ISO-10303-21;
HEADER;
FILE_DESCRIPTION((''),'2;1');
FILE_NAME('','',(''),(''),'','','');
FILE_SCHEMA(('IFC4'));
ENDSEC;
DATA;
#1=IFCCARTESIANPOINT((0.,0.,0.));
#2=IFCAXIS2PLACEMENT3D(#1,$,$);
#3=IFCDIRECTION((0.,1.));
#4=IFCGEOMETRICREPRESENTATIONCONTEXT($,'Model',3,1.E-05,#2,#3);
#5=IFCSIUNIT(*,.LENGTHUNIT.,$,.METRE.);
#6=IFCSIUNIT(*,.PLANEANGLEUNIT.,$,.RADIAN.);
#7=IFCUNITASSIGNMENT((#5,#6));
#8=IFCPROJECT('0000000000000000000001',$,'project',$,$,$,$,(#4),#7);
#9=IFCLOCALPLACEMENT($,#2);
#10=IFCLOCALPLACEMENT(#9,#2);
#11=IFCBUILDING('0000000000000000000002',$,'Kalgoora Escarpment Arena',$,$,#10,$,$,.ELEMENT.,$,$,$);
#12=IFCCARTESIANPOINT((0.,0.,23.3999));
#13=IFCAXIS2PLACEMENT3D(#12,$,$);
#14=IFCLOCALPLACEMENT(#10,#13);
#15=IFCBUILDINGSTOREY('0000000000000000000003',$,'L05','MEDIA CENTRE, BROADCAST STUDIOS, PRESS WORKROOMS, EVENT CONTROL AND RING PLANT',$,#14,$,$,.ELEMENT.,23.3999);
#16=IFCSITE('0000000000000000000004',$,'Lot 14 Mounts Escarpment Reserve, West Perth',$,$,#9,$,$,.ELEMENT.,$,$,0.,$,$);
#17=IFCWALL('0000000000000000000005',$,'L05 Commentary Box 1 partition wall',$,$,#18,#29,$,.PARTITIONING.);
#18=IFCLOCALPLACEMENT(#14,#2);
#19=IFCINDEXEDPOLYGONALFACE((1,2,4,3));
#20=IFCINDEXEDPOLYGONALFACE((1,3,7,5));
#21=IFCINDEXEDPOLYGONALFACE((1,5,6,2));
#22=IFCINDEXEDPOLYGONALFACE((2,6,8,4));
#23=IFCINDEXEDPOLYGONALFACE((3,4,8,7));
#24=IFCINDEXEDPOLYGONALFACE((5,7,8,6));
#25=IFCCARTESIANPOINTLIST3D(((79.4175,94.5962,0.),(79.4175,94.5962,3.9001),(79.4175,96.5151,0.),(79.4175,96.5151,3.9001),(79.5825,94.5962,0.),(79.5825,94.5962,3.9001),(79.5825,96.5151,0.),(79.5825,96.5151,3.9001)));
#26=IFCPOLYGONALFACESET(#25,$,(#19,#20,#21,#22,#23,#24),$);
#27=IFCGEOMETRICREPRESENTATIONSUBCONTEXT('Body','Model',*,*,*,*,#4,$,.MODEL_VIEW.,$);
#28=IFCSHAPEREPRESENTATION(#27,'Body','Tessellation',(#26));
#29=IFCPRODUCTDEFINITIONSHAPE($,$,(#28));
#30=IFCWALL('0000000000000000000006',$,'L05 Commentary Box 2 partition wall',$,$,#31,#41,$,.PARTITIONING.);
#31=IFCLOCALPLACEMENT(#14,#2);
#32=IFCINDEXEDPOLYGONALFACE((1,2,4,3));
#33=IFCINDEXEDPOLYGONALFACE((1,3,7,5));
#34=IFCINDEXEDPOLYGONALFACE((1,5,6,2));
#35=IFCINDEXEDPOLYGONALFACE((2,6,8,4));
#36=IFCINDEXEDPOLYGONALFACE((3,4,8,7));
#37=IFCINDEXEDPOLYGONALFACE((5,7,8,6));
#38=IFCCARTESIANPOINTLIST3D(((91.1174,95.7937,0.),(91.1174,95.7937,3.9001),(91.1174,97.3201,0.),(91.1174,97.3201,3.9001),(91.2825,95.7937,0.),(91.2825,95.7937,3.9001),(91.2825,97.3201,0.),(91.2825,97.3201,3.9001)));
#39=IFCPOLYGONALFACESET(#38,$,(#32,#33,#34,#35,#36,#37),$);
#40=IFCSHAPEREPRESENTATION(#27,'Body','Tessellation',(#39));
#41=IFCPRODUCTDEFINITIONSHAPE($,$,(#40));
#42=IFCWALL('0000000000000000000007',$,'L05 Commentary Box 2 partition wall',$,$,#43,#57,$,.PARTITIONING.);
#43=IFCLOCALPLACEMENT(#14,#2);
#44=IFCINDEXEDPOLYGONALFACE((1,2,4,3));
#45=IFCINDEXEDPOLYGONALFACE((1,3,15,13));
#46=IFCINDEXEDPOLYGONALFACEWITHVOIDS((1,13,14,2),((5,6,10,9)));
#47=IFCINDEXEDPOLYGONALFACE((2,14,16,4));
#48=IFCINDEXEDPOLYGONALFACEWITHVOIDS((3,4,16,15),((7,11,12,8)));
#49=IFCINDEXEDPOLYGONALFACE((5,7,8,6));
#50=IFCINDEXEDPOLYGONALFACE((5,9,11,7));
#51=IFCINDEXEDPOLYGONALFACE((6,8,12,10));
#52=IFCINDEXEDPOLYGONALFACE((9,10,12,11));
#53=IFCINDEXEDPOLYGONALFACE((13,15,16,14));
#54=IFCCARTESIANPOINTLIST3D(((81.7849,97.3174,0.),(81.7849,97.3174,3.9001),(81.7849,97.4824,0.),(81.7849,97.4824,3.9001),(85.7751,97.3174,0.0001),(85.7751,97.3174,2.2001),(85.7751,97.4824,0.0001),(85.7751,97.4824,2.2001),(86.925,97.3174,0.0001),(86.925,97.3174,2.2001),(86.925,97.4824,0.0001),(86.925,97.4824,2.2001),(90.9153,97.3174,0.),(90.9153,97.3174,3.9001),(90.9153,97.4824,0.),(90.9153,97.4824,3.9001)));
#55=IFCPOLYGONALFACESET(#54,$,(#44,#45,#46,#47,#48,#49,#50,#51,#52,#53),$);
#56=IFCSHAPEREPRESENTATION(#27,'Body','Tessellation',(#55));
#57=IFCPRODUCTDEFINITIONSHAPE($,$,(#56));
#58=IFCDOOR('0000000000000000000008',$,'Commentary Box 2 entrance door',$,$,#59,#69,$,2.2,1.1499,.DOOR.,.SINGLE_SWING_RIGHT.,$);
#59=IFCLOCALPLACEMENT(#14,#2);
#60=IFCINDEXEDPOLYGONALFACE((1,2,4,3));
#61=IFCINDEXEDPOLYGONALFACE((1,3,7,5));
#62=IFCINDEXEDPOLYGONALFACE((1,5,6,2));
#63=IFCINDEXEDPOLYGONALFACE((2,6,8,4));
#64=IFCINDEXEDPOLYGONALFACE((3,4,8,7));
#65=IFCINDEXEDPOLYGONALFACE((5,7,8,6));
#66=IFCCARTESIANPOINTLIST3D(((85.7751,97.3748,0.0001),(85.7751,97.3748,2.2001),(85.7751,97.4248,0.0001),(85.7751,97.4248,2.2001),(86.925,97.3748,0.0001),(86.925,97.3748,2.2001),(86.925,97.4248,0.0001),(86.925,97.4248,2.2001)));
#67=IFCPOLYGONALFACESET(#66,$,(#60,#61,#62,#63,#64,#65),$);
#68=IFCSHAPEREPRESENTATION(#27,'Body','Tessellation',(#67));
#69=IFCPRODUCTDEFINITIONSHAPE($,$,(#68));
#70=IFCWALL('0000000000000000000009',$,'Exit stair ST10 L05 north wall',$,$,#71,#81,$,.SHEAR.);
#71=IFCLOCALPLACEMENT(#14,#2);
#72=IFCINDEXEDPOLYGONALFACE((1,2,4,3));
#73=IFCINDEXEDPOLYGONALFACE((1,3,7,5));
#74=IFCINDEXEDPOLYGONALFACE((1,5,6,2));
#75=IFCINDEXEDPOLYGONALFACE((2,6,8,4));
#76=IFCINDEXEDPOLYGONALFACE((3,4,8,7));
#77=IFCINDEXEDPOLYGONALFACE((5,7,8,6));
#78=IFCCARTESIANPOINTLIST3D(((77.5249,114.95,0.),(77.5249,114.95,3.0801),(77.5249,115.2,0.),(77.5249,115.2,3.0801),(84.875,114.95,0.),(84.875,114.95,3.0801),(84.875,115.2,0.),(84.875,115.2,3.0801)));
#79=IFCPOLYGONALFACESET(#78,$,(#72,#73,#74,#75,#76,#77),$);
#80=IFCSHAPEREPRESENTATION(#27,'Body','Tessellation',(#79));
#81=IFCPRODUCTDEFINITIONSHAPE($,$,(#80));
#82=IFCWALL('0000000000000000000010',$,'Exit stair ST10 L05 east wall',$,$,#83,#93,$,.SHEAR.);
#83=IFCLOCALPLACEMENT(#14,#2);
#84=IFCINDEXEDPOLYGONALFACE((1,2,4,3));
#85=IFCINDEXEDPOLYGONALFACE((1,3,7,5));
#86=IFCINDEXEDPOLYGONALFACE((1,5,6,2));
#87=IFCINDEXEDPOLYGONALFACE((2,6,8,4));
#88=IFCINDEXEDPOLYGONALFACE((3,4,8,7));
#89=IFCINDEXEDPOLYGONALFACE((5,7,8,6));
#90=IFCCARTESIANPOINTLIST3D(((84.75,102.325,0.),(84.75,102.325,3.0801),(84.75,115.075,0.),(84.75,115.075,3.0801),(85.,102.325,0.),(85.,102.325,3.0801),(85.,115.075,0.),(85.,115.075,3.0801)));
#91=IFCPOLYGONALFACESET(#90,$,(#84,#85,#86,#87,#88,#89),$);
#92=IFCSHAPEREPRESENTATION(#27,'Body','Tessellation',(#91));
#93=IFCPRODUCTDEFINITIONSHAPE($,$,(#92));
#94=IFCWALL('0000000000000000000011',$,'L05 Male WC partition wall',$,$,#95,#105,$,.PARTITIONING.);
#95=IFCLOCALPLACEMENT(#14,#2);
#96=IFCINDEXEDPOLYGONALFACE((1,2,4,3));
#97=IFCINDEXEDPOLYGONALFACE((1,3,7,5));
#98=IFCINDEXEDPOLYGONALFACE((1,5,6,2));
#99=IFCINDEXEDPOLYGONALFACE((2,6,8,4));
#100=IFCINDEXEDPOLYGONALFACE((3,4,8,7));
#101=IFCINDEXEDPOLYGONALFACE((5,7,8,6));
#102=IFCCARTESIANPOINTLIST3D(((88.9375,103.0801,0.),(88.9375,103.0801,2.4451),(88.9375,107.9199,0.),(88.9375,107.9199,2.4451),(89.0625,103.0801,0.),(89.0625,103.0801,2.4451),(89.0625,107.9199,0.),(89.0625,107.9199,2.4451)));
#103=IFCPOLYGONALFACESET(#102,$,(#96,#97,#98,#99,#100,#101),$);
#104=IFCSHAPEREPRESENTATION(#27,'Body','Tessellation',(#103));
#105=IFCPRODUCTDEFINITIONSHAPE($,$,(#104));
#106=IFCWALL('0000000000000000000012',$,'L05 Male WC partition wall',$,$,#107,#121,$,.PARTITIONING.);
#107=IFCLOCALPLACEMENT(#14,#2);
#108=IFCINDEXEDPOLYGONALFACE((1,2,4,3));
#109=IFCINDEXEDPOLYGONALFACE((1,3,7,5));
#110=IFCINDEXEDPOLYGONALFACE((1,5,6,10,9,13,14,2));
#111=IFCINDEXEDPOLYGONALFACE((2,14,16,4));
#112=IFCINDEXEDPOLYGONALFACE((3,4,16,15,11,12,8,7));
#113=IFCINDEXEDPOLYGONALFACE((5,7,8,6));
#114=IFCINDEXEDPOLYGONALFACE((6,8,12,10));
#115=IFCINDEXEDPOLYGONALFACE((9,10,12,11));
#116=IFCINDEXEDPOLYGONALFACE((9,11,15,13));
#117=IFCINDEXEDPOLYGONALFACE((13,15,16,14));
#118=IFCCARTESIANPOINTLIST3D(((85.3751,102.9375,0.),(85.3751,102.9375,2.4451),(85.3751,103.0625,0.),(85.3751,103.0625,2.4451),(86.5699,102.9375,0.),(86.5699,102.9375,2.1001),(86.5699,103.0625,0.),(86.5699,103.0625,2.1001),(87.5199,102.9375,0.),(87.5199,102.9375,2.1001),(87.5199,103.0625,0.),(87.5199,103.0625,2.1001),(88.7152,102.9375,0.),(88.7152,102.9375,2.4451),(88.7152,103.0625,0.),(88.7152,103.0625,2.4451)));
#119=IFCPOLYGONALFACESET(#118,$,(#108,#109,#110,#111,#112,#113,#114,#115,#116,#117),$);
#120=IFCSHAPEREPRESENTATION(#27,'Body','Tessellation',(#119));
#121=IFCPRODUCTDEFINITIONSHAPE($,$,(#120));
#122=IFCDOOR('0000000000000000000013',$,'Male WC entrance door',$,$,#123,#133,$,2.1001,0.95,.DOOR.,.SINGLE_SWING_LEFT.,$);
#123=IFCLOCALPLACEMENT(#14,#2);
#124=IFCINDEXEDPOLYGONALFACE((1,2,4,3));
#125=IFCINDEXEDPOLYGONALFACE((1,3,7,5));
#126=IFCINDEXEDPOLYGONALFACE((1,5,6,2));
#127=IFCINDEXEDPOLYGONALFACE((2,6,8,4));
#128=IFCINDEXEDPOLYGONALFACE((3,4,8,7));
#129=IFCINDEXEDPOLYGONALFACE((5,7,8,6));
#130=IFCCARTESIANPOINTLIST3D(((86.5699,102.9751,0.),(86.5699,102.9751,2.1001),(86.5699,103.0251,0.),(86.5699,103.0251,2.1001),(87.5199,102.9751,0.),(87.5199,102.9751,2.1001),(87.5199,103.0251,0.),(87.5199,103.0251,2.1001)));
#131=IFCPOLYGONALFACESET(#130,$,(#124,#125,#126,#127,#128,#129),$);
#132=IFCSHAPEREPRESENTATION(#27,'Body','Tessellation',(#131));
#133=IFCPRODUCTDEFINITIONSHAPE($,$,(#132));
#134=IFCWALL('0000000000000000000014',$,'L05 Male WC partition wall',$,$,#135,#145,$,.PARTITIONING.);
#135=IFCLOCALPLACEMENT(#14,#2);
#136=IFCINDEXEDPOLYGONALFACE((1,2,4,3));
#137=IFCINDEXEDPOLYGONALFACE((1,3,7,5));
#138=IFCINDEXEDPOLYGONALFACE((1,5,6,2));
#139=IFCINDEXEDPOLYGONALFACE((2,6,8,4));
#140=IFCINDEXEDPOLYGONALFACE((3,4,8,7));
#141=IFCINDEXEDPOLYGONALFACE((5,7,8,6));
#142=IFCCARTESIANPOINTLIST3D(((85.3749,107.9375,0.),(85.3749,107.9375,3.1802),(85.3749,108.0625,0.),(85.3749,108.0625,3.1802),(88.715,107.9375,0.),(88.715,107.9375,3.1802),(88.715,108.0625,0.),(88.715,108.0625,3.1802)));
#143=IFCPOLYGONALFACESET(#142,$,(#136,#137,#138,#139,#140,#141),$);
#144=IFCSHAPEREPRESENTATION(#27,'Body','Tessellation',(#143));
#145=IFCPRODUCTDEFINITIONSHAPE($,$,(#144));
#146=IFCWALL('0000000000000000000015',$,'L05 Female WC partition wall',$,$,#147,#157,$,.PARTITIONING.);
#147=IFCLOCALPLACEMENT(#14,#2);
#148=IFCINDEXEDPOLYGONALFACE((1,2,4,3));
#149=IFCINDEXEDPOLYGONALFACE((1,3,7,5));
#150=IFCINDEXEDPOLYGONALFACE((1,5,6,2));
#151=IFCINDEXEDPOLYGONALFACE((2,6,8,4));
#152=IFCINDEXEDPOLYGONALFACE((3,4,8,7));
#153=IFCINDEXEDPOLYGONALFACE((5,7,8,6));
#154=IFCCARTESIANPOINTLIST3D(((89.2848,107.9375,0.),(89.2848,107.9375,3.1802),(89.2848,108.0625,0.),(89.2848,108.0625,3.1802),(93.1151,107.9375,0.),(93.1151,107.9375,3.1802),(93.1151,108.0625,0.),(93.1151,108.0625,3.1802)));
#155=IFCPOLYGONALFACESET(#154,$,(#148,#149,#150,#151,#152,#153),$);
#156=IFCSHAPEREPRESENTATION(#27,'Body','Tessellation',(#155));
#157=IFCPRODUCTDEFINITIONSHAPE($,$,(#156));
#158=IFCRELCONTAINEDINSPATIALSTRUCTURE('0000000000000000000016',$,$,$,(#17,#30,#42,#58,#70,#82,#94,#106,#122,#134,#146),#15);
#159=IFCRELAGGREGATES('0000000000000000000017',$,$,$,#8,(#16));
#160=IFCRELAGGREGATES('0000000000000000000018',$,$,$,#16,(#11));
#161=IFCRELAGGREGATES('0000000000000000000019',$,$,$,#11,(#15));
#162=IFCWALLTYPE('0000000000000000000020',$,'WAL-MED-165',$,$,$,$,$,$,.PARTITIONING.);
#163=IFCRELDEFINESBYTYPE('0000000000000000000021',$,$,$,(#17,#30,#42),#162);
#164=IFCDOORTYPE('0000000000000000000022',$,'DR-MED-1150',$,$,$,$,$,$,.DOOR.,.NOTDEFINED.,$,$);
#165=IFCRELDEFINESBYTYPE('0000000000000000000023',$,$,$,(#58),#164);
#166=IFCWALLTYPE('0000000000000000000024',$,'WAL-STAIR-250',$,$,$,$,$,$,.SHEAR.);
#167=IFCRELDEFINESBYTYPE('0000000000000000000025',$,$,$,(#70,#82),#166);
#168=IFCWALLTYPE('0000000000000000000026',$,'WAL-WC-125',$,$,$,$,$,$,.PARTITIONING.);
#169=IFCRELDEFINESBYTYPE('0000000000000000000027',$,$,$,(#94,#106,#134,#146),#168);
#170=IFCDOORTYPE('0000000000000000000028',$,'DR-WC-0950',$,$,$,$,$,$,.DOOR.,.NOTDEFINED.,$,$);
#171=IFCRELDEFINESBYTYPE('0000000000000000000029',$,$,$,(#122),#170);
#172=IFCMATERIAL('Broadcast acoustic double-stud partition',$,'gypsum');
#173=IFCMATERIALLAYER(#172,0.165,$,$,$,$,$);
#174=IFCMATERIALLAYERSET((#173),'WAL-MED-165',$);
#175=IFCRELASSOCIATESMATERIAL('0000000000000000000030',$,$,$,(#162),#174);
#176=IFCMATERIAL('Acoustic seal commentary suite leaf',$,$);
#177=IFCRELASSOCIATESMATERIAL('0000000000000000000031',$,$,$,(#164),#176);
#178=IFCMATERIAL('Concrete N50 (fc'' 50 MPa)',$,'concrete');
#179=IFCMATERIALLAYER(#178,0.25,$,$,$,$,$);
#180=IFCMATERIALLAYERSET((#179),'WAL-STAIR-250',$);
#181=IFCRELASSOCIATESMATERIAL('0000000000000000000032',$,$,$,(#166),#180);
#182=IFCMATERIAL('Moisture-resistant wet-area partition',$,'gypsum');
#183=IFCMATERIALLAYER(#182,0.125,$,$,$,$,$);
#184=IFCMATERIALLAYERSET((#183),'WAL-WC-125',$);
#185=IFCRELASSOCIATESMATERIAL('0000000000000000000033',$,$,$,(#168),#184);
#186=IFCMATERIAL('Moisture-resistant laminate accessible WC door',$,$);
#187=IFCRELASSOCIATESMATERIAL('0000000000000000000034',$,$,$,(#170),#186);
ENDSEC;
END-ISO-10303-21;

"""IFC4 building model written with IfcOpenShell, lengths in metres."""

from ifc_helpers import new_model, si_unit, direction, frame, frame_2d, origin, place, context, subcontext, project, spatial, rectangle, extrude, material, layer, layer_set, type_object, element, fill, save


model = new_model("IFC4")

# Units and contexts
model_context = context("Model", 3, precision=1e-05, world=origin(), true_north=direction((0.0, 1.0)))
body_context = subcontext(model_context, "Body", "Model", "MODEL_VIEW")
ifc_project = project(units=[si_unit("LENGTHUNIT", "METRE"), si_unit("PLANEANGLEUNIT", "RADIAN")], contexts=[model_context])

# Site, building, storey
site_placement = place(None, origin())
site = spatial("IfcSite", under=ifc_project, at=site_placement, Name="Lot 14 Mounts Escarpment Reserve, West Perth", CompositionType="ELEMENT", RefElevation=0.0)
building_placement = place(site_placement, origin())
building = spatial("IfcBuilding", under=site, at=building_placement, Name="Kalgoora Escarpment Arena", CompositionType="ELEMENT")
storey_placement = place(building_placement, frame((0.0, 0.0, 23.3999)))
storey = spatial("IfcBuildingStorey", under=building, at=storey_placement, Name="L05", Description="MEDIA CENTRE, BROADCAST STUDIOS, PRESS WORKROOMS, EVENT CONTROL AND RING PLANT", CompositionType="ELEMENT", Elevation=23.3999)

# Shared definitions
ifc_material_1 = material(Name="Broadcast acoustic double-stud partition", Category="gypsum")
ifc_layer_1 = layer(ifc_material_1, 0.165)
ifc_layer_set_1 = layer_set([ifc_layer_1], Name="WAL-MED-165")
wall_type_1 = type_object("IfcWallType", Name="WAL-MED-165", PredefinedType="PARTITIONING", material=ifc_layer_set_1)
ifc_material_2 = material(Name="Acoustic seal commentary suite leaf")
door_type_1 = type_object("IfcDoorType", Name="DR-MED-1150", OperationType="NOTDEFINED", PredefinedType="DOOR", material=ifc_material_2)

# Walls
wall_1_placement = place(storey_placement, frame((79.5, 96.5151, 0.0), z_axis=(0.0, 0.0, 1.0), x_axis=(0.0, -1.0, 0.0)))
element("IfcWall", 1, at=wall_1_placement, inside=storey, type_object=wall_type_1, Name="L05 Commentary Box 1 partition wall", PredefinedType="PARTITIONING", context=body_context, shape_type="SweptSolid", body=[
    extrude(rectangle(XDim=1.9189, YDim=0.165, at=frame_2d((0.9595, 0.0))), origin(), (0.0, 0.0, 1.0), 3.9001),
])
wall_2_placement = place(storey_placement, frame((91.2, 97.3201, 0.0), z_axis=(0.0, 0.0, 1.0), x_axis=(0.0, -1.0, 0.0)))
element("IfcWall", 2, at=wall_2_placement, inside=storey, type_object=wall_type_1, Name="L05 Commentary Box 2 partition wall", PredefinedType="PARTITIONING", context=body_context, shape_type="SweptSolid", body=[
    extrude(rectangle(XDim=1.5264, YDim=0.165, at=frame_2d((0.7632, 0.0))), origin(), (0.0, 0.0, 1.0), 3.9001),
])

# Wall, opening, door
wall_3_placement = place(storey_placement, frame((81.7849, 97.3999, 0.0), z_axis=(0.0, 0.0, 1.0), x_axis=(1.0, 0.0, 0.0)))
wall_3 = element("IfcWall", 3, at=wall_3_placement, inside=storey, type_object=wall_type_1, Name="L05 Commentary Box 2 partition wall", PredefinedType="PARTITIONING", context=body_context, shape_type="SweptSolid", body=[
    extrude(rectangle(XDim=9.1304, YDim=0.165, at=frame_2d((4.5652, 0.0))), origin(), (0.0, 0.0, 1.0), 3.9001),
])
opening_1_placement = place(wall_3_placement, frame((3.9902, 0.0, 0.0)))
opening_1 = element("IfcOpeningElement", 4, at=opening_1_placement, cuts=wall_3, PredefinedType="OPENING", context=body_context, shape_type="SweptSolid", body=[
    extrude(rectangle(XDim=1.1499, YDim=2.2, at=frame_2d((0.575, 1.1001))), frame((0.0, 0.0925, 0.0), z_axis=(0.0, -1.0, 0.0), x_axis=(1.0, 0.0, 0.0)), (0.0, 0.0, 1.0), 0.1851),
])
door_1_placement = place(opening_1_placement, origin())
door_1 = element("IfcDoor", 5, at=door_1_placement, inside=storey, type_object=door_type_1, Name="Commentary Box 2 entrance door", OperationType="SINGLE_SWING_RIGHT", OverallHeight=2.2, OverallWidth=1.1499, PredefinedType="DOOR", context=body_context, shape_type="SweptSolid", body=[
    extrude(rectangle(XDim=1.1499, YDim=2.2, at=frame_2d((0.575, 1.1001))), frame((0.0, 0.0249, 0.0), z_axis=(0.0, -1.0, 0.0), x_axis=(1.0, 0.0, 0.0)), (0.0, 0.0, 1.0), 0.05),
])
fill(opening_1, door_1)

# Walls
ifc_material_3 = material(Name="Concrete N50 (fc' 50 MPa)", Category="concrete")
ifc_layer_2 = layer(ifc_material_3, 0.25)
ifc_layer_set_2 = layer_set([ifc_layer_2], Name="WAL-STAIR-250")
wall_type_2 = type_object("IfcWallType", Name="WAL-STAIR-250", PredefinedType="SHEAR", material=ifc_layer_set_2)
wall_4_placement = place(storey_placement, frame((77.5249, 115.075, 0.0), z_axis=(0.0, 0.0, 1.0), x_axis=(1.0, 0.0, 0.0)))
element("IfcWall", 6, at=wall_4_placement, inside=storey, type_object=wall_type_2, Name="Exit stair ST10 L05 north wall", PredefinedType="SHEAR", context=body_context, shape_type="SweptSolid", body=[
    extrude(rectangle(XDim=7.3501, YDim=0.25, at=frame_2d((3.675, 0.0))), origin(), (0.0, 0.0, 1.0), 3.0801),
])
wall_5_placement = place(storey_placement, frame((84.875, 102.325, 0.0), z_axis=(0.0, 0.0, 1.0), x_axis=(0.0, 1.0, 0.0)))
element("IfcWall", 7, at=wall_5_placement, inside=storey, type_object=wall_type_2, Name="Exit stair ST10 L05 east wall", PredefinedType="SHEAR", context=body_context, shape_type="SweptSolid", body=[
    extrude(rectangle(XDim=12.75, YDim=0.25, at=frame_2d((6.375, 0.0))), origin(), (0.0, 0.0, 1.0), 3.0801),
])
ifc_material_4 = material(Name="Moisture-resistant wet-area partition", Category="gypsum")
ifc_layer_3 = layer(ifc_material_4, 0.125)
ifc_layer_set_3 = layer_set([ifc_layer_3], Name="WAL-WC-125")
wall_type_3 = type_object("IfcWallType", Name="WAL-WC-125", PredefinedType="PARTITIONING", material=ifc_layer_set_3)
wall_6_placement = place(storey_placement, frame((89.0, 107.9199, 0.0), z_axis=(0.0, 0.0, 1.0), x_axis=(0.0, -1.0, 0.0)))
element("IfcWall", 8, at=wall_6_placement, inside=storey, type_object=wall_type_3, Name="L05 Male WC partition wall", PredefinedType="PARTITIONING", context=body_context, shape_type="SweptSolid", body=[
    extrude(rectangle(XDim=4.8398, YDim=0.125, at=frame_2d((2.4199, 0.0))), origin(), (0.0, 0.0, 1.0), 2.4451),
])

# Wall, opening, door
wall_7_placement = place(storey_placement, frame((88.7151, 103.0, 0.0), z_axis=(0.0, 0.0, 1.0), x_axis=(-1.0, 0.0, 0.0)))
wall_7 = element("IfcWall", 9, at=wall_7_placement, inside=storey, type_object=wall_type_3, Name="L05 Male WC partition wall", PredefinedType="PARTITIONING", context=body_context, shape_type="SweptSolid", body=[
    extrude(rectangle(XDim=3.3401, YDim=0.125, at=frame_2d((1.6699, 0.0))), origin(), (0.0, 0.0, 1.0), 2.4451),
])
opening_2_placement = place(wall_7_placement, frame((1.1951, 0.0, 0.0)))
opening_2 = element("IfcOpeningElement", 10, at=opening_2_placement, cuts=wall_7, PredefinedType="OPENING", context=body_context, shape_type="SweptSolid", body=[
    extrude(rectangle(XDim=0.95, YDim=2.1001, at=frame_2d((0.4751, 1.05))), frame((0.0, 0.0725, 0.0), z_axis=(0.0, -1.0, 0.0), x_axis=(1.0, 0.0, 0.0)), (0.0, 0.0, 1.0), 0.145),
])
ifc_material_5 = material(Name="Moisture-resistant laminate accessible WC door")
door_type_2 = type_object("IfcDoorType", Name="DR-WC-0950", OperationType="NOTDEFINED", PredefinedType="DOOR", material=ifc_material_5)
door_2_placement = place(opening_2_placement, origin())
door_2 = element("IfcDoor", 11, at=door_2_placement, inside=storey, type_object=door_type_2, Name="Male WC entrance door", OperationType="SINGLE_SWING_LEFT", OverallHeight=2.1001, OverallWidth=0.95, PredefinedType="DOOR", context=body_context, shape_type="SweptSolid", body=[
    extrude(rectangle(XDim=0.95, YDim=2.1001, at=frame_2d((0.4751, 1.05))), frame((0.0, 0.0249, 0.0), z_axis=(0.0, -1.0, 0.0), x_axis=(1.0, 0.0, 0.0)), (0.0, 0.0, 1.0), 0.05),
])
fill(opening_2, door_2)

# Walls
wall_8_placement = place(storey_placement, frame((85.375, 108.0, 0.0), z_axis=(0.0, 0.0, 1.0), x_axis=(1.0, 0.0, 0.0)))
element("IfcWall", 12, at=wall_8_placement, inside=storey, type_object=wall_type_3, Name="L05 Male WC partition wall", PredefinedType="PARTITIONING", context=body_context, shape_type="SweptSolid", body=[
    extrude(rectangle(XDim=3.3401, YDim=0.125, at=frame_2d((1.6699, 0.0))), origin(), (0.0, 0.0, 1.0), 3.1802),
])
wall_9_placement = place(storey_placement, frame((89.2849, 108.0, 0.0), z_axis=(0.0, 0.0, 1.0), x_axis=(1.0, 0.0, 0.0)))
element("IfcWall", 13, at=wall_9_placement, inside=storey, type_object=wall_type_3, Name="L05 Female WC partition wall", PredefinedType="PARTITIONING", context=body_context, shape_type="SweptSolid", body=[
    extrude(rectangle(XDim=3.8303, YDim=0.125, at=frame_2d((1.915, 0.0))), origin(), (0.0, 0.0, 1.0), 3.1802),
])

save(model, "model.ifc")
